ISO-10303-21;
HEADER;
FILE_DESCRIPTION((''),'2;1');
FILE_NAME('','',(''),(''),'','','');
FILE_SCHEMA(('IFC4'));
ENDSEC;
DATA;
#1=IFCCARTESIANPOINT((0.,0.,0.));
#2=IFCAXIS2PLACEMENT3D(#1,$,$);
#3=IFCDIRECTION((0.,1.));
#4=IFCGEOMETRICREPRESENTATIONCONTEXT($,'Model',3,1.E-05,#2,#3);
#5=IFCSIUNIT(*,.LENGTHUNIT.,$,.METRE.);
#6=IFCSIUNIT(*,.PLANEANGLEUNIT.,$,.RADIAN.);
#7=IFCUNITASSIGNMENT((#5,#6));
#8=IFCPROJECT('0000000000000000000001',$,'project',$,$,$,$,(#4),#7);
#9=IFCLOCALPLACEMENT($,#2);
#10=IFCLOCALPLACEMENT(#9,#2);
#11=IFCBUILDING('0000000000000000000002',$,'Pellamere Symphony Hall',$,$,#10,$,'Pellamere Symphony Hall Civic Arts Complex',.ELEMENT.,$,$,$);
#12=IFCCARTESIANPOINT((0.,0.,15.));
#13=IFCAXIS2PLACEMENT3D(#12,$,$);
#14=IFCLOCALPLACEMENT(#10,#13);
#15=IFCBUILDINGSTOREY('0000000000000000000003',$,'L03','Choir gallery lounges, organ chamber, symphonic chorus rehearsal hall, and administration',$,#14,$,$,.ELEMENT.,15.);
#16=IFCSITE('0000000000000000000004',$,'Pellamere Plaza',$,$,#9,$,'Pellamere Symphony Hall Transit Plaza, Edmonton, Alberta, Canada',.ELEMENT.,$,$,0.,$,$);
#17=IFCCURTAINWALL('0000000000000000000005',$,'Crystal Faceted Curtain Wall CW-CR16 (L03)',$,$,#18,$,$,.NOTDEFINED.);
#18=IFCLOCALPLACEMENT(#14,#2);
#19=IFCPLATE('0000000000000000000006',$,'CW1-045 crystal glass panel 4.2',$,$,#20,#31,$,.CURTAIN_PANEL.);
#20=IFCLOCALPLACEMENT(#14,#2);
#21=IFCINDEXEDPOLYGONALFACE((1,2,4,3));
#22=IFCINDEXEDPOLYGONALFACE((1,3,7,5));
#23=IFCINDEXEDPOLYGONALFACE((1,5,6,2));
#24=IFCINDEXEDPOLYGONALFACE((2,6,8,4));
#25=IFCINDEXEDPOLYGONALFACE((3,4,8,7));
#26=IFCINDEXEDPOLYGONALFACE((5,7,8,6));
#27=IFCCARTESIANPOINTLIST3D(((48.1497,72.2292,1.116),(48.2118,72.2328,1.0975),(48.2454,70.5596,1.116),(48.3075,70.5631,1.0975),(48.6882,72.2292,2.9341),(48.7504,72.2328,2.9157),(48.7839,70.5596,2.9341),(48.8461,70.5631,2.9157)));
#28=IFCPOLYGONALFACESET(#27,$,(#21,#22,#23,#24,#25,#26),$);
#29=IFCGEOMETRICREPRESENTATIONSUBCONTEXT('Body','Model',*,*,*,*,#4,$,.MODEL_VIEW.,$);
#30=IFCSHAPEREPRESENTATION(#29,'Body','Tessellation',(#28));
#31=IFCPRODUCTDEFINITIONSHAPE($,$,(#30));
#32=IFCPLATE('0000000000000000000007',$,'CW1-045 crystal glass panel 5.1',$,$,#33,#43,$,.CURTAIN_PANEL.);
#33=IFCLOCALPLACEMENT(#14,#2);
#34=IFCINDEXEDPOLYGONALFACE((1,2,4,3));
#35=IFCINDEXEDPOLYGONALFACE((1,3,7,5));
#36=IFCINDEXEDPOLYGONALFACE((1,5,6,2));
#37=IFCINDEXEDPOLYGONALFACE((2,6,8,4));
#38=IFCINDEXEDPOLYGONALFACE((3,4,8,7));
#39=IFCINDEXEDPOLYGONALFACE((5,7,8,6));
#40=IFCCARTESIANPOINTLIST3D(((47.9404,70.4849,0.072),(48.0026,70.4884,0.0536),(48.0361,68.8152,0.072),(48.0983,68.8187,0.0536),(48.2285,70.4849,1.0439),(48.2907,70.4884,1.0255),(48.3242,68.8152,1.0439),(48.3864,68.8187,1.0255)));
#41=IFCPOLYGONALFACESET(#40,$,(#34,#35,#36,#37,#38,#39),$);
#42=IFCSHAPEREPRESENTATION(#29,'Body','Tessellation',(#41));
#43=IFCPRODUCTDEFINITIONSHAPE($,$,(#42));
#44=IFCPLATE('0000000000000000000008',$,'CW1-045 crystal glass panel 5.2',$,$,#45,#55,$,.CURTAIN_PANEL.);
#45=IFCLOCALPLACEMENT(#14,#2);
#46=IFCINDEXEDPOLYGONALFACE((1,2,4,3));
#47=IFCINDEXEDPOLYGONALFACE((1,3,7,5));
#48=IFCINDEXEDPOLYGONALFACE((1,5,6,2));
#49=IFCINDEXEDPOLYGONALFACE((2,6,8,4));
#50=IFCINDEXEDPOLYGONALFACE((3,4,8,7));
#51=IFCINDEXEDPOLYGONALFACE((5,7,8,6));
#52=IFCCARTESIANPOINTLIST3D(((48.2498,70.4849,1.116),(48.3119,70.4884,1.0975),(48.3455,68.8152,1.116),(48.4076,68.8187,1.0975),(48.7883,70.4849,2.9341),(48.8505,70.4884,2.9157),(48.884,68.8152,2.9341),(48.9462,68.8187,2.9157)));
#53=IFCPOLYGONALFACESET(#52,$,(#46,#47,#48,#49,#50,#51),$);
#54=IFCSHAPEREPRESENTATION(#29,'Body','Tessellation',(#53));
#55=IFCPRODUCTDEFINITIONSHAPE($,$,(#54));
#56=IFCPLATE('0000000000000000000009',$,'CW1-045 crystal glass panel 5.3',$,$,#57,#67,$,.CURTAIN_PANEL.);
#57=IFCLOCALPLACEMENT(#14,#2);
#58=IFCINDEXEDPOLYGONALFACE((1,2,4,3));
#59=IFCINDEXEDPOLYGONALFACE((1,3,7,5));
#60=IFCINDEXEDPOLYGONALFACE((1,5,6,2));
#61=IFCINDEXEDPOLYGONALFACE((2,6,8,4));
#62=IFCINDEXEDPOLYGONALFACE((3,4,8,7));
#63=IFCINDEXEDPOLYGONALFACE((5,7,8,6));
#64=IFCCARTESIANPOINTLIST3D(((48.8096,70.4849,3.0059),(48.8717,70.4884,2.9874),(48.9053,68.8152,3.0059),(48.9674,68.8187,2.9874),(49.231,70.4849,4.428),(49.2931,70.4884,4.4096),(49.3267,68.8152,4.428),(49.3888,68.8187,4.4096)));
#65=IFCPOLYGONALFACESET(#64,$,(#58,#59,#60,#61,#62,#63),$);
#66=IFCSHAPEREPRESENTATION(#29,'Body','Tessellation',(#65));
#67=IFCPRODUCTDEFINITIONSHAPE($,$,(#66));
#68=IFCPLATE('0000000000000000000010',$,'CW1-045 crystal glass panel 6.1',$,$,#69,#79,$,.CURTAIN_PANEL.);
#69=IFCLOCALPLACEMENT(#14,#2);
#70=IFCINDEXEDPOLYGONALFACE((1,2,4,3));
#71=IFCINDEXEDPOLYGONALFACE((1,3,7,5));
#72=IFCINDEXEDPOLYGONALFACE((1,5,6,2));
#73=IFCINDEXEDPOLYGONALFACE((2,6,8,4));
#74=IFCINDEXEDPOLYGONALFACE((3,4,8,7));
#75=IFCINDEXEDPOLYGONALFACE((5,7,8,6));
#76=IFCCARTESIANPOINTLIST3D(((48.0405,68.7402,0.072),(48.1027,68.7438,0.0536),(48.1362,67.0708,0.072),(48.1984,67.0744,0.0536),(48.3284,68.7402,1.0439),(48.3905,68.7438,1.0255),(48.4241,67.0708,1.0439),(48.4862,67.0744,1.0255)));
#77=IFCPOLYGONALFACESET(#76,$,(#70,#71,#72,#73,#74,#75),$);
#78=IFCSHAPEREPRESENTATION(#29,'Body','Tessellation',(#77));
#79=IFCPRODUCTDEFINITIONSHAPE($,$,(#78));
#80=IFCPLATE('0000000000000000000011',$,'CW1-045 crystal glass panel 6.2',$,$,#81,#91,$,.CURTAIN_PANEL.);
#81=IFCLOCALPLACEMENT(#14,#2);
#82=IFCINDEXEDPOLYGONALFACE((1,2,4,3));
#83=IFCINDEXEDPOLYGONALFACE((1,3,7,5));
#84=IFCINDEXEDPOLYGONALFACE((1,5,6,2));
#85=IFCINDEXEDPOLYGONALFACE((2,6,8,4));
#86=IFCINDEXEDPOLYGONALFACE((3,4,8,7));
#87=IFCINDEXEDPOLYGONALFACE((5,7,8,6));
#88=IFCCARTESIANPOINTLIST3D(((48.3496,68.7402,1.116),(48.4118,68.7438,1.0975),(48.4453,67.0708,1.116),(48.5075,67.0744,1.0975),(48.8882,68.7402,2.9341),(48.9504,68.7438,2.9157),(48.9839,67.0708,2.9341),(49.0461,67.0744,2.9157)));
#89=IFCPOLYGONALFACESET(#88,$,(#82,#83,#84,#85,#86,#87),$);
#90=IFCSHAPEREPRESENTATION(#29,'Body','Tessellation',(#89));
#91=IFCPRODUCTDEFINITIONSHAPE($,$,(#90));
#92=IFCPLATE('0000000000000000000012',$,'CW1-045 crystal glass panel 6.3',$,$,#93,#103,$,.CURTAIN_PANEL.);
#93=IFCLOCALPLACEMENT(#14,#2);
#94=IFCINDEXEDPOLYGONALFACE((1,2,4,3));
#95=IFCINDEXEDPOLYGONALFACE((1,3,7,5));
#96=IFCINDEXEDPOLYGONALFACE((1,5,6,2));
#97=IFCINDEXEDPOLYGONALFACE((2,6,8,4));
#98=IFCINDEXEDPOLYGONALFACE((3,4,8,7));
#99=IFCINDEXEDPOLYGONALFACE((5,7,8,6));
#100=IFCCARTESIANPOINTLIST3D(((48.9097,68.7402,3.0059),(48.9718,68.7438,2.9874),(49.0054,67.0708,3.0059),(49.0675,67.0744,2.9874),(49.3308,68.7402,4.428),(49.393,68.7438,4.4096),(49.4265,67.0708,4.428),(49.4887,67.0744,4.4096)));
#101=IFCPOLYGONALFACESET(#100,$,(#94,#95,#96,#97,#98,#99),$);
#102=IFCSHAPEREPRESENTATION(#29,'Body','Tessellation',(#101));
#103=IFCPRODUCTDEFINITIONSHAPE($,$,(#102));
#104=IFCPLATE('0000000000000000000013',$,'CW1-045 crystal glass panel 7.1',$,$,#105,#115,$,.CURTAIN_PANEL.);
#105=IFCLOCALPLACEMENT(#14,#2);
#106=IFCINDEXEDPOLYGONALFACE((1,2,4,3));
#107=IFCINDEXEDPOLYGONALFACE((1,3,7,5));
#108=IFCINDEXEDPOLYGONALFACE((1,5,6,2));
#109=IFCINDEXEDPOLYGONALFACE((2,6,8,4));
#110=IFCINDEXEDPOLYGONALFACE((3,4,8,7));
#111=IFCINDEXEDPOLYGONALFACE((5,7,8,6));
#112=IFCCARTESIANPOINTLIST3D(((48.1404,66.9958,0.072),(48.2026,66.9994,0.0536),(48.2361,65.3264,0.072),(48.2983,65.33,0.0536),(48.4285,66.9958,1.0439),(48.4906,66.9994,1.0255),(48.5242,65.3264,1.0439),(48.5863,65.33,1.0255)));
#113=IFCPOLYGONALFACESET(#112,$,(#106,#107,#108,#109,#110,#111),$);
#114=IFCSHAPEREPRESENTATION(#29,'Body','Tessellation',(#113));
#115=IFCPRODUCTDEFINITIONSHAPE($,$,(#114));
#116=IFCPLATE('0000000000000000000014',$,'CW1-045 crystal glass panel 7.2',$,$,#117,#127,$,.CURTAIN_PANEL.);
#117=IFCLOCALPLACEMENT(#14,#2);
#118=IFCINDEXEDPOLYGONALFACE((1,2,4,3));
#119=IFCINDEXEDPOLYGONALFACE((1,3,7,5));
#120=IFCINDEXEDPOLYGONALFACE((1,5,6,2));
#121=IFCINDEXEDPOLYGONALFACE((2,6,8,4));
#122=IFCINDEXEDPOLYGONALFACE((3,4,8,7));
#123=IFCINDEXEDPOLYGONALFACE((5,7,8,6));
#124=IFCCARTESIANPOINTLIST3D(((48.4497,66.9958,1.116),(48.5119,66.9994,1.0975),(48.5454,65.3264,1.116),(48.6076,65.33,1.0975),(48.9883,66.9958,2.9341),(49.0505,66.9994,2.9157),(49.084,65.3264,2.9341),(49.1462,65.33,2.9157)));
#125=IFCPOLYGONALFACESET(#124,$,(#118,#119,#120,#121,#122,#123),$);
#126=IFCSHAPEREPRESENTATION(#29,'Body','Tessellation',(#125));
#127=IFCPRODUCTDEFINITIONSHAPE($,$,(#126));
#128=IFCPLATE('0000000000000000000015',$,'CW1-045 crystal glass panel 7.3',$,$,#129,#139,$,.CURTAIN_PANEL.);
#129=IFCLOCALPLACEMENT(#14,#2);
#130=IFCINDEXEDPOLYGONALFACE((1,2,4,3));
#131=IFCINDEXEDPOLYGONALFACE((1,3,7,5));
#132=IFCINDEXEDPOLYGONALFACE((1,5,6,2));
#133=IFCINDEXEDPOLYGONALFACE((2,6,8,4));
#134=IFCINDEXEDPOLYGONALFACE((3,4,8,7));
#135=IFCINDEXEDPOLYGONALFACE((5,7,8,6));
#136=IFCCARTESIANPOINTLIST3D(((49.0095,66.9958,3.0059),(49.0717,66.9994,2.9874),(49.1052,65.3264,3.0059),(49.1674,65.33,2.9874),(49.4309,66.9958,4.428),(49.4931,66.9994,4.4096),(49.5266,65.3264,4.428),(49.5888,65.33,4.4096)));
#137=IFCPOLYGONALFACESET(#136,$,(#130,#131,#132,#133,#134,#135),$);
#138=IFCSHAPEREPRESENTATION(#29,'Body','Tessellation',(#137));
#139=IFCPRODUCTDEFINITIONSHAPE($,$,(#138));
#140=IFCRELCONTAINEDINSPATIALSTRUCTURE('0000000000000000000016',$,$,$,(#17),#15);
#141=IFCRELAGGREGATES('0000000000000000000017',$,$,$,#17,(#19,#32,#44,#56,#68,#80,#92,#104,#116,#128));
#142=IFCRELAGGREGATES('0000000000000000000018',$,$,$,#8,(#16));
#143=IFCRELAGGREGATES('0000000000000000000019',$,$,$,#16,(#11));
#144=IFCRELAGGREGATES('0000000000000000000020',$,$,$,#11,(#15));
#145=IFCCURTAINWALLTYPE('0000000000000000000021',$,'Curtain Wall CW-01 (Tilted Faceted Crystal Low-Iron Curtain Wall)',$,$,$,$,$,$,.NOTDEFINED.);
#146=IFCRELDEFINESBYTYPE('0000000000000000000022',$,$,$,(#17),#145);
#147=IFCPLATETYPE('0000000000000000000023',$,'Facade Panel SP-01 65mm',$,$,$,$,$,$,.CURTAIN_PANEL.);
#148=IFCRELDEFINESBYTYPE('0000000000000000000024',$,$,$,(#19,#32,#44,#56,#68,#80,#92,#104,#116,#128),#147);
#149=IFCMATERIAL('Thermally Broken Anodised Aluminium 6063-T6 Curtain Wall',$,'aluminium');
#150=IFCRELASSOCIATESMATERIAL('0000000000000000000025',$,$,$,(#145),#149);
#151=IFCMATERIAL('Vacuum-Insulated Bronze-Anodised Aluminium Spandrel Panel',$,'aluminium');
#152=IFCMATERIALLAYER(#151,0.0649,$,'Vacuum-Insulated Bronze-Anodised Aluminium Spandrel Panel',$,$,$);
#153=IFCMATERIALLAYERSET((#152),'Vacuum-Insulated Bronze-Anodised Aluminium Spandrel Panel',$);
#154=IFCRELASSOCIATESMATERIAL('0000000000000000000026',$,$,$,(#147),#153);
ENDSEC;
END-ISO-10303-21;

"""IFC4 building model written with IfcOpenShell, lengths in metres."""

from ifc_helpers import new_model, si_unit, direction, frame, origin, place, context, subcontext, project, spatial, polyline, outline, extrude, material, layer, layer_set, type_object, element, aggregate, save


model = new_model("IFC4")

# Units and contexts
model_context = context("Model", 3, precision=1e-05, world=origin(), true_north=direction((0.0, 1.0)))
body_context = subcontext(model_context, "Body", "Model", "MODEL_VIEW")
ifc_project = project(units=[si_unit("LENGTHUNIT", "METRE"), si_unit("PLANEANGLEUNIT", "RADIAN")], contexts=[model_context])

# Site, building, storey
site_placement = place(None, origin())
site = spatial("IfcSite", under=ifc_project, at=site_placement, Name="Pellamere Plaza", LongName="Pellamere Symphony Hall Transit Plaza, Edmonton, Alberta, Canada", CompositionType="ELEMENT", RefElevation=0.0)
building_placement = place(site_placement, origin())
building = spatial("IfcBuilding", under=site, at=building_placement, Name="Pellamere Symphony Hall", LongName="Pellamere Symphony Hall Civic Arts Complex", CompositionType="ELEMENT")
storey_placement = place(building_placement, frame((0.0, 0.0, 15.0)))
storey = spatial("IfcBuildingStorey", under=building, at=storey_placement, Name="L03", Description="Choir gallery lounges, organ chamber, symphonic chorus rehearsal hall, and administration", CompositionType="ELEMENT", Elevation=15.0)

# Curtain wall
ifc_material_1 = material(Name="Thermally Broken Anodised Aluminium 6063-T6 Curtain Wall", Category="aluminium")
curtain_wall_type = type_object("IfcCurtainWallType", Name="Curtain Wall CW-01 (Tilted Faceted Crystal Low-Iron Curtain Wall)", PredefinedType="NOTDEFINED", material=ifc_material_1)
curtain_wall_placement = place(storey_placement, origin())
curtain_wall = element("IfcCurtainWall", 1, at=curtain_wall_placement, inside=storey, type_object=curtain_wall_type, Name="Crystal Faceted Curtain Wall CW-CR16 (L03)", PredefinedType="NOTDEFINED")

# Plates
ifc_material_2 = material(Name="Vacuum-Insulated Bronze-Anodised Aluminium Spandrel Panel", Category="aluminium")
ifc_layer = layer(ifc_material_2, 0.0649, Name="Vacuum-Insulated Bronze-Anodised Aluminium Spandrel Panel")
ifc_layer_set = layer_set([ifc_layer], Name="Vacuum-Insulated Bronze-Anodised Aluminium Spandrel Panel")
plate_type = type_object("IfcPlateType", Name="Facade Panel SP-01 65mm", PredefinedType="CURTAIN_PANEL", material=ifc_layer_set)
plate_1_placement = place(storey_placement, frame((48.1497, 72.2292, 1.116), z_axis=(-0.957372, -0.054875, 0.283599), x_axis=(0.057224, -0.998361, 0.0)))
plate_1 = element("IfcPlate", 2, at=plate_1_placement, type_object=plate_type, Name="CW1-045 crystal glass panel 4.2", PredefinedType="CURTAIN_PANEL", context=body_context, shape_type="SweptSolid", body=[
    extrude(outline(polyline([(0.0, 0.0), (1.6724, 0.0), (1.7032, 1.896), (0.0308, 1.896), (0.0, 0.0)])), origin(), (0.0, 0.0, -1.0), 0.0649),
])
plate_2_placement = place(storey_placement, frame((47.9404, 70.4849, 0.072), z_axis=(-0.957324, -0.054872, 0.283759), x_axis=(0.057224, -0.998361, 0.0)))
plate_2 = element("IfcPlate", 3, at=plate_2_placement, type_object=plate_type, Name="CW1-045 crystal glass panel 5.1", PredefinedType="CURTAIN_PANEL", context=body_context, shape_type="SweptSolid", body=[
    extrude(outline(polyline([(0.0, 0.0), (1.6724, 0.0), (1.6889, 1.0136), (0.0165, 1.0136), (0.0, 0.0)])), origin(), (0.0, 0.0, -1.0), 0.0649),
])
plate_3_placement = place(storey_placement, frame((48.2498, 70.4849, 1.116), z_axis=(-0.957372, -0.054875, 0.283599), x_axis=(0.057224, -0.998361, 0.0)))
plate_3 = element("IfcPlate", 4, at=plate_3_placement, type_object=plate_type, Name="CW1-045 crystal glass panel 5.2", PredefinedType="CURTAIN_PANEL", context=body_context, shape_type="SweptSolid", body=[
    extrude(outline(polyline([(0.0, 0.0), (1.6724, 0.0), (1.7032, 1.896), (0.0308, 1.896), (0.0, 0.0)])), origin(), (0.0, 0.0, -1.0), 0.0649),
])
plate_4_placement = place(storey_placement, frame((48.8096, 70.4849, 3.0059), z_axis=(-0.95735, -0.054874, 0.283671), x_axis=(0.057224, -0.998361, 0.0)))
plate_4 = element("IfcPlate", 5, at=plate_4_placement, type_object=plate_type, Name="CW1-045 crystal glass panel 5.3", PredefinedType="CURTAIN_PANEL", context=body_context, shape_type="SweptSolid", body=[
    extrude(outline(polyline([(0.0, 0.0), (1.6724, 0.0), (1.6965, 1.483), (0.0241, 1.483), (0.0, 0.0)])), origin(), (0.0, 0.0, -1.0), 0.0649),
])
plate_5_placement = place(storey_placement, frame((48.0405, 68.7402, 0.072), z_axis=(-0.957389, -0.054884, 0.283537), x_axis=(0.057233, -0.998361, 0.0)))
plate_5 = element("IfcPlate", 6, at=plate_5_placement, type_object=plate_type, Name="CW1-045 crystal glass panel 6.1", PredefinedType="CURTAIN_PANEL", context=body_context, shape_type="SweptSolid", body=[
    extrude(outline(polyline([(0.0, 0.0), (1.6722, 0.0), (1.6886, 1.0135), (0.0165, 1.0135), (0.0, 0.0)])), origin(), (0.0, 0.0, -1.0), 0.0649),
])
plate_6_placement = place(storey_placement, frame((48.3496, 68.7402, 1.116), z_axis=(-0.957371, -0.054883, 0.283599), x_axis=(0.057233, -0.998361, 0.0)))
plate_6 = element("IfcPlate", 7, at=plate_6_placement, type_object=plate_type, Name="CW1-045 crystal glass panel 6.2", PredefinedType="CURTAIN_PANEL", context=body_context, shape_type="SweptSolid", body=[
    extrude(outline(polyline([(0.0, 0.0), (1.6722, 0.0), (1.703, 1.896), (0.0308, 1.896), (0.0, 0.0)])), origin(), (0.0, 0.0, -1.0), 0.0649),
])
plate_7_placement = place(storey_placement, frame((48.9097, 68.7402, 3.0059), z_axis=(-0.957394, -0.054884, 0.28352), x_axis=(0.057233, -0.998361, 0.0)))
plate_7 = element("IfcPlate", 8, at=plate_7_placement, type_object=plate_type, Name="CW1-045 crystal glass panel 6.3", PredefinedType="CURTAIN_PANEL", context=body_context, shape_type="SweptSolid", body=[
    extrude(outline(polyline([(0.0, 0.0), (1.6722, 0.0), (1.6963, 1.483), (0.0241, 1.483), (0.0, 0.0)])), origin(), (0.0, 0.0, -1.0), 0.0649),
])
plate_8_placement = place(storey_placement, frame((48.1404, 66.9958, 0.072), z_axis=(-0.957324, -0.05488, 0.283758), x_axis=(0.057233, -0.998361, 0.0)))
plate_8 = element("IfcPlate", 9, at=plate_8_placement, type_object=plate_type, Name="CW1-045 crystal glass panel 7.1", PredefinedType="CURTAIN_PANEL", context=body_context, shape_type="SweptSolid", body=[
    extrude(outline(polyline([(0.0, 0.0), (1.6722, 0.0), (1.6887, 1.0136), (0.0165, 1.0136), (0.0, 0.0)])), origin(), (0.0, 0.0, -1.0), 0.0649),
])
plate_9_placement = place(storey_placement, frame((48.4497, 66.9958, 1.116), z_axis=(-0.957371, -0.054883, 0.283599), x_axis=(0.057233, -0.998361, 0.0)))
plate_9 = element("IfcPlate", 10, at=plate_9_placement, type_object=plate_type, Name="CW1-045 crystal glass panel 7.2", PredefinedType="CURTAIN_PANEL", context=body_context, shape_type="SweptSolid", body=[
    extrude(outline(polyline([(0.0, 0.0), (1.6722, 0.0), (1.703, 1.896), (0.0308, 1.896), (0.0, 0.0)])), origin(), (0.0, 0.0, -1.0), 0.0649),
])
plate_10_placement = place(storey_placement, frame((49.0095, 66.9958, 3.0059), z_axis=(-0.95735, -0.054882, 0.283671), x_axis=(0.057233, -0.998361, 0.0)))
plate_10 = element("IfcPlate", 11, at=plate_10_placement, type_object=plate_type, Name="CW1-045 crystal glass panel 7.3", PredefinedType="CURTAIN_PANEL", context=body_context, shape_type="SweptSolid", body=[
    extrude(outline(polyline([(0.0, 0.0), (1.6722, 0.0), (1.6963, 1.483), (0.0241, 1.483), (0.0, 0.0)])), origin(), (0.0, 0.0, -1.0), 0.0649),
])
aggregate(curtain_wall, [plate_1, plate_2, plate_3, plate_4, plate_5, plate_6, plate_7, plate_8, plate_9, plate_10])

save(model, "model.ifc")
